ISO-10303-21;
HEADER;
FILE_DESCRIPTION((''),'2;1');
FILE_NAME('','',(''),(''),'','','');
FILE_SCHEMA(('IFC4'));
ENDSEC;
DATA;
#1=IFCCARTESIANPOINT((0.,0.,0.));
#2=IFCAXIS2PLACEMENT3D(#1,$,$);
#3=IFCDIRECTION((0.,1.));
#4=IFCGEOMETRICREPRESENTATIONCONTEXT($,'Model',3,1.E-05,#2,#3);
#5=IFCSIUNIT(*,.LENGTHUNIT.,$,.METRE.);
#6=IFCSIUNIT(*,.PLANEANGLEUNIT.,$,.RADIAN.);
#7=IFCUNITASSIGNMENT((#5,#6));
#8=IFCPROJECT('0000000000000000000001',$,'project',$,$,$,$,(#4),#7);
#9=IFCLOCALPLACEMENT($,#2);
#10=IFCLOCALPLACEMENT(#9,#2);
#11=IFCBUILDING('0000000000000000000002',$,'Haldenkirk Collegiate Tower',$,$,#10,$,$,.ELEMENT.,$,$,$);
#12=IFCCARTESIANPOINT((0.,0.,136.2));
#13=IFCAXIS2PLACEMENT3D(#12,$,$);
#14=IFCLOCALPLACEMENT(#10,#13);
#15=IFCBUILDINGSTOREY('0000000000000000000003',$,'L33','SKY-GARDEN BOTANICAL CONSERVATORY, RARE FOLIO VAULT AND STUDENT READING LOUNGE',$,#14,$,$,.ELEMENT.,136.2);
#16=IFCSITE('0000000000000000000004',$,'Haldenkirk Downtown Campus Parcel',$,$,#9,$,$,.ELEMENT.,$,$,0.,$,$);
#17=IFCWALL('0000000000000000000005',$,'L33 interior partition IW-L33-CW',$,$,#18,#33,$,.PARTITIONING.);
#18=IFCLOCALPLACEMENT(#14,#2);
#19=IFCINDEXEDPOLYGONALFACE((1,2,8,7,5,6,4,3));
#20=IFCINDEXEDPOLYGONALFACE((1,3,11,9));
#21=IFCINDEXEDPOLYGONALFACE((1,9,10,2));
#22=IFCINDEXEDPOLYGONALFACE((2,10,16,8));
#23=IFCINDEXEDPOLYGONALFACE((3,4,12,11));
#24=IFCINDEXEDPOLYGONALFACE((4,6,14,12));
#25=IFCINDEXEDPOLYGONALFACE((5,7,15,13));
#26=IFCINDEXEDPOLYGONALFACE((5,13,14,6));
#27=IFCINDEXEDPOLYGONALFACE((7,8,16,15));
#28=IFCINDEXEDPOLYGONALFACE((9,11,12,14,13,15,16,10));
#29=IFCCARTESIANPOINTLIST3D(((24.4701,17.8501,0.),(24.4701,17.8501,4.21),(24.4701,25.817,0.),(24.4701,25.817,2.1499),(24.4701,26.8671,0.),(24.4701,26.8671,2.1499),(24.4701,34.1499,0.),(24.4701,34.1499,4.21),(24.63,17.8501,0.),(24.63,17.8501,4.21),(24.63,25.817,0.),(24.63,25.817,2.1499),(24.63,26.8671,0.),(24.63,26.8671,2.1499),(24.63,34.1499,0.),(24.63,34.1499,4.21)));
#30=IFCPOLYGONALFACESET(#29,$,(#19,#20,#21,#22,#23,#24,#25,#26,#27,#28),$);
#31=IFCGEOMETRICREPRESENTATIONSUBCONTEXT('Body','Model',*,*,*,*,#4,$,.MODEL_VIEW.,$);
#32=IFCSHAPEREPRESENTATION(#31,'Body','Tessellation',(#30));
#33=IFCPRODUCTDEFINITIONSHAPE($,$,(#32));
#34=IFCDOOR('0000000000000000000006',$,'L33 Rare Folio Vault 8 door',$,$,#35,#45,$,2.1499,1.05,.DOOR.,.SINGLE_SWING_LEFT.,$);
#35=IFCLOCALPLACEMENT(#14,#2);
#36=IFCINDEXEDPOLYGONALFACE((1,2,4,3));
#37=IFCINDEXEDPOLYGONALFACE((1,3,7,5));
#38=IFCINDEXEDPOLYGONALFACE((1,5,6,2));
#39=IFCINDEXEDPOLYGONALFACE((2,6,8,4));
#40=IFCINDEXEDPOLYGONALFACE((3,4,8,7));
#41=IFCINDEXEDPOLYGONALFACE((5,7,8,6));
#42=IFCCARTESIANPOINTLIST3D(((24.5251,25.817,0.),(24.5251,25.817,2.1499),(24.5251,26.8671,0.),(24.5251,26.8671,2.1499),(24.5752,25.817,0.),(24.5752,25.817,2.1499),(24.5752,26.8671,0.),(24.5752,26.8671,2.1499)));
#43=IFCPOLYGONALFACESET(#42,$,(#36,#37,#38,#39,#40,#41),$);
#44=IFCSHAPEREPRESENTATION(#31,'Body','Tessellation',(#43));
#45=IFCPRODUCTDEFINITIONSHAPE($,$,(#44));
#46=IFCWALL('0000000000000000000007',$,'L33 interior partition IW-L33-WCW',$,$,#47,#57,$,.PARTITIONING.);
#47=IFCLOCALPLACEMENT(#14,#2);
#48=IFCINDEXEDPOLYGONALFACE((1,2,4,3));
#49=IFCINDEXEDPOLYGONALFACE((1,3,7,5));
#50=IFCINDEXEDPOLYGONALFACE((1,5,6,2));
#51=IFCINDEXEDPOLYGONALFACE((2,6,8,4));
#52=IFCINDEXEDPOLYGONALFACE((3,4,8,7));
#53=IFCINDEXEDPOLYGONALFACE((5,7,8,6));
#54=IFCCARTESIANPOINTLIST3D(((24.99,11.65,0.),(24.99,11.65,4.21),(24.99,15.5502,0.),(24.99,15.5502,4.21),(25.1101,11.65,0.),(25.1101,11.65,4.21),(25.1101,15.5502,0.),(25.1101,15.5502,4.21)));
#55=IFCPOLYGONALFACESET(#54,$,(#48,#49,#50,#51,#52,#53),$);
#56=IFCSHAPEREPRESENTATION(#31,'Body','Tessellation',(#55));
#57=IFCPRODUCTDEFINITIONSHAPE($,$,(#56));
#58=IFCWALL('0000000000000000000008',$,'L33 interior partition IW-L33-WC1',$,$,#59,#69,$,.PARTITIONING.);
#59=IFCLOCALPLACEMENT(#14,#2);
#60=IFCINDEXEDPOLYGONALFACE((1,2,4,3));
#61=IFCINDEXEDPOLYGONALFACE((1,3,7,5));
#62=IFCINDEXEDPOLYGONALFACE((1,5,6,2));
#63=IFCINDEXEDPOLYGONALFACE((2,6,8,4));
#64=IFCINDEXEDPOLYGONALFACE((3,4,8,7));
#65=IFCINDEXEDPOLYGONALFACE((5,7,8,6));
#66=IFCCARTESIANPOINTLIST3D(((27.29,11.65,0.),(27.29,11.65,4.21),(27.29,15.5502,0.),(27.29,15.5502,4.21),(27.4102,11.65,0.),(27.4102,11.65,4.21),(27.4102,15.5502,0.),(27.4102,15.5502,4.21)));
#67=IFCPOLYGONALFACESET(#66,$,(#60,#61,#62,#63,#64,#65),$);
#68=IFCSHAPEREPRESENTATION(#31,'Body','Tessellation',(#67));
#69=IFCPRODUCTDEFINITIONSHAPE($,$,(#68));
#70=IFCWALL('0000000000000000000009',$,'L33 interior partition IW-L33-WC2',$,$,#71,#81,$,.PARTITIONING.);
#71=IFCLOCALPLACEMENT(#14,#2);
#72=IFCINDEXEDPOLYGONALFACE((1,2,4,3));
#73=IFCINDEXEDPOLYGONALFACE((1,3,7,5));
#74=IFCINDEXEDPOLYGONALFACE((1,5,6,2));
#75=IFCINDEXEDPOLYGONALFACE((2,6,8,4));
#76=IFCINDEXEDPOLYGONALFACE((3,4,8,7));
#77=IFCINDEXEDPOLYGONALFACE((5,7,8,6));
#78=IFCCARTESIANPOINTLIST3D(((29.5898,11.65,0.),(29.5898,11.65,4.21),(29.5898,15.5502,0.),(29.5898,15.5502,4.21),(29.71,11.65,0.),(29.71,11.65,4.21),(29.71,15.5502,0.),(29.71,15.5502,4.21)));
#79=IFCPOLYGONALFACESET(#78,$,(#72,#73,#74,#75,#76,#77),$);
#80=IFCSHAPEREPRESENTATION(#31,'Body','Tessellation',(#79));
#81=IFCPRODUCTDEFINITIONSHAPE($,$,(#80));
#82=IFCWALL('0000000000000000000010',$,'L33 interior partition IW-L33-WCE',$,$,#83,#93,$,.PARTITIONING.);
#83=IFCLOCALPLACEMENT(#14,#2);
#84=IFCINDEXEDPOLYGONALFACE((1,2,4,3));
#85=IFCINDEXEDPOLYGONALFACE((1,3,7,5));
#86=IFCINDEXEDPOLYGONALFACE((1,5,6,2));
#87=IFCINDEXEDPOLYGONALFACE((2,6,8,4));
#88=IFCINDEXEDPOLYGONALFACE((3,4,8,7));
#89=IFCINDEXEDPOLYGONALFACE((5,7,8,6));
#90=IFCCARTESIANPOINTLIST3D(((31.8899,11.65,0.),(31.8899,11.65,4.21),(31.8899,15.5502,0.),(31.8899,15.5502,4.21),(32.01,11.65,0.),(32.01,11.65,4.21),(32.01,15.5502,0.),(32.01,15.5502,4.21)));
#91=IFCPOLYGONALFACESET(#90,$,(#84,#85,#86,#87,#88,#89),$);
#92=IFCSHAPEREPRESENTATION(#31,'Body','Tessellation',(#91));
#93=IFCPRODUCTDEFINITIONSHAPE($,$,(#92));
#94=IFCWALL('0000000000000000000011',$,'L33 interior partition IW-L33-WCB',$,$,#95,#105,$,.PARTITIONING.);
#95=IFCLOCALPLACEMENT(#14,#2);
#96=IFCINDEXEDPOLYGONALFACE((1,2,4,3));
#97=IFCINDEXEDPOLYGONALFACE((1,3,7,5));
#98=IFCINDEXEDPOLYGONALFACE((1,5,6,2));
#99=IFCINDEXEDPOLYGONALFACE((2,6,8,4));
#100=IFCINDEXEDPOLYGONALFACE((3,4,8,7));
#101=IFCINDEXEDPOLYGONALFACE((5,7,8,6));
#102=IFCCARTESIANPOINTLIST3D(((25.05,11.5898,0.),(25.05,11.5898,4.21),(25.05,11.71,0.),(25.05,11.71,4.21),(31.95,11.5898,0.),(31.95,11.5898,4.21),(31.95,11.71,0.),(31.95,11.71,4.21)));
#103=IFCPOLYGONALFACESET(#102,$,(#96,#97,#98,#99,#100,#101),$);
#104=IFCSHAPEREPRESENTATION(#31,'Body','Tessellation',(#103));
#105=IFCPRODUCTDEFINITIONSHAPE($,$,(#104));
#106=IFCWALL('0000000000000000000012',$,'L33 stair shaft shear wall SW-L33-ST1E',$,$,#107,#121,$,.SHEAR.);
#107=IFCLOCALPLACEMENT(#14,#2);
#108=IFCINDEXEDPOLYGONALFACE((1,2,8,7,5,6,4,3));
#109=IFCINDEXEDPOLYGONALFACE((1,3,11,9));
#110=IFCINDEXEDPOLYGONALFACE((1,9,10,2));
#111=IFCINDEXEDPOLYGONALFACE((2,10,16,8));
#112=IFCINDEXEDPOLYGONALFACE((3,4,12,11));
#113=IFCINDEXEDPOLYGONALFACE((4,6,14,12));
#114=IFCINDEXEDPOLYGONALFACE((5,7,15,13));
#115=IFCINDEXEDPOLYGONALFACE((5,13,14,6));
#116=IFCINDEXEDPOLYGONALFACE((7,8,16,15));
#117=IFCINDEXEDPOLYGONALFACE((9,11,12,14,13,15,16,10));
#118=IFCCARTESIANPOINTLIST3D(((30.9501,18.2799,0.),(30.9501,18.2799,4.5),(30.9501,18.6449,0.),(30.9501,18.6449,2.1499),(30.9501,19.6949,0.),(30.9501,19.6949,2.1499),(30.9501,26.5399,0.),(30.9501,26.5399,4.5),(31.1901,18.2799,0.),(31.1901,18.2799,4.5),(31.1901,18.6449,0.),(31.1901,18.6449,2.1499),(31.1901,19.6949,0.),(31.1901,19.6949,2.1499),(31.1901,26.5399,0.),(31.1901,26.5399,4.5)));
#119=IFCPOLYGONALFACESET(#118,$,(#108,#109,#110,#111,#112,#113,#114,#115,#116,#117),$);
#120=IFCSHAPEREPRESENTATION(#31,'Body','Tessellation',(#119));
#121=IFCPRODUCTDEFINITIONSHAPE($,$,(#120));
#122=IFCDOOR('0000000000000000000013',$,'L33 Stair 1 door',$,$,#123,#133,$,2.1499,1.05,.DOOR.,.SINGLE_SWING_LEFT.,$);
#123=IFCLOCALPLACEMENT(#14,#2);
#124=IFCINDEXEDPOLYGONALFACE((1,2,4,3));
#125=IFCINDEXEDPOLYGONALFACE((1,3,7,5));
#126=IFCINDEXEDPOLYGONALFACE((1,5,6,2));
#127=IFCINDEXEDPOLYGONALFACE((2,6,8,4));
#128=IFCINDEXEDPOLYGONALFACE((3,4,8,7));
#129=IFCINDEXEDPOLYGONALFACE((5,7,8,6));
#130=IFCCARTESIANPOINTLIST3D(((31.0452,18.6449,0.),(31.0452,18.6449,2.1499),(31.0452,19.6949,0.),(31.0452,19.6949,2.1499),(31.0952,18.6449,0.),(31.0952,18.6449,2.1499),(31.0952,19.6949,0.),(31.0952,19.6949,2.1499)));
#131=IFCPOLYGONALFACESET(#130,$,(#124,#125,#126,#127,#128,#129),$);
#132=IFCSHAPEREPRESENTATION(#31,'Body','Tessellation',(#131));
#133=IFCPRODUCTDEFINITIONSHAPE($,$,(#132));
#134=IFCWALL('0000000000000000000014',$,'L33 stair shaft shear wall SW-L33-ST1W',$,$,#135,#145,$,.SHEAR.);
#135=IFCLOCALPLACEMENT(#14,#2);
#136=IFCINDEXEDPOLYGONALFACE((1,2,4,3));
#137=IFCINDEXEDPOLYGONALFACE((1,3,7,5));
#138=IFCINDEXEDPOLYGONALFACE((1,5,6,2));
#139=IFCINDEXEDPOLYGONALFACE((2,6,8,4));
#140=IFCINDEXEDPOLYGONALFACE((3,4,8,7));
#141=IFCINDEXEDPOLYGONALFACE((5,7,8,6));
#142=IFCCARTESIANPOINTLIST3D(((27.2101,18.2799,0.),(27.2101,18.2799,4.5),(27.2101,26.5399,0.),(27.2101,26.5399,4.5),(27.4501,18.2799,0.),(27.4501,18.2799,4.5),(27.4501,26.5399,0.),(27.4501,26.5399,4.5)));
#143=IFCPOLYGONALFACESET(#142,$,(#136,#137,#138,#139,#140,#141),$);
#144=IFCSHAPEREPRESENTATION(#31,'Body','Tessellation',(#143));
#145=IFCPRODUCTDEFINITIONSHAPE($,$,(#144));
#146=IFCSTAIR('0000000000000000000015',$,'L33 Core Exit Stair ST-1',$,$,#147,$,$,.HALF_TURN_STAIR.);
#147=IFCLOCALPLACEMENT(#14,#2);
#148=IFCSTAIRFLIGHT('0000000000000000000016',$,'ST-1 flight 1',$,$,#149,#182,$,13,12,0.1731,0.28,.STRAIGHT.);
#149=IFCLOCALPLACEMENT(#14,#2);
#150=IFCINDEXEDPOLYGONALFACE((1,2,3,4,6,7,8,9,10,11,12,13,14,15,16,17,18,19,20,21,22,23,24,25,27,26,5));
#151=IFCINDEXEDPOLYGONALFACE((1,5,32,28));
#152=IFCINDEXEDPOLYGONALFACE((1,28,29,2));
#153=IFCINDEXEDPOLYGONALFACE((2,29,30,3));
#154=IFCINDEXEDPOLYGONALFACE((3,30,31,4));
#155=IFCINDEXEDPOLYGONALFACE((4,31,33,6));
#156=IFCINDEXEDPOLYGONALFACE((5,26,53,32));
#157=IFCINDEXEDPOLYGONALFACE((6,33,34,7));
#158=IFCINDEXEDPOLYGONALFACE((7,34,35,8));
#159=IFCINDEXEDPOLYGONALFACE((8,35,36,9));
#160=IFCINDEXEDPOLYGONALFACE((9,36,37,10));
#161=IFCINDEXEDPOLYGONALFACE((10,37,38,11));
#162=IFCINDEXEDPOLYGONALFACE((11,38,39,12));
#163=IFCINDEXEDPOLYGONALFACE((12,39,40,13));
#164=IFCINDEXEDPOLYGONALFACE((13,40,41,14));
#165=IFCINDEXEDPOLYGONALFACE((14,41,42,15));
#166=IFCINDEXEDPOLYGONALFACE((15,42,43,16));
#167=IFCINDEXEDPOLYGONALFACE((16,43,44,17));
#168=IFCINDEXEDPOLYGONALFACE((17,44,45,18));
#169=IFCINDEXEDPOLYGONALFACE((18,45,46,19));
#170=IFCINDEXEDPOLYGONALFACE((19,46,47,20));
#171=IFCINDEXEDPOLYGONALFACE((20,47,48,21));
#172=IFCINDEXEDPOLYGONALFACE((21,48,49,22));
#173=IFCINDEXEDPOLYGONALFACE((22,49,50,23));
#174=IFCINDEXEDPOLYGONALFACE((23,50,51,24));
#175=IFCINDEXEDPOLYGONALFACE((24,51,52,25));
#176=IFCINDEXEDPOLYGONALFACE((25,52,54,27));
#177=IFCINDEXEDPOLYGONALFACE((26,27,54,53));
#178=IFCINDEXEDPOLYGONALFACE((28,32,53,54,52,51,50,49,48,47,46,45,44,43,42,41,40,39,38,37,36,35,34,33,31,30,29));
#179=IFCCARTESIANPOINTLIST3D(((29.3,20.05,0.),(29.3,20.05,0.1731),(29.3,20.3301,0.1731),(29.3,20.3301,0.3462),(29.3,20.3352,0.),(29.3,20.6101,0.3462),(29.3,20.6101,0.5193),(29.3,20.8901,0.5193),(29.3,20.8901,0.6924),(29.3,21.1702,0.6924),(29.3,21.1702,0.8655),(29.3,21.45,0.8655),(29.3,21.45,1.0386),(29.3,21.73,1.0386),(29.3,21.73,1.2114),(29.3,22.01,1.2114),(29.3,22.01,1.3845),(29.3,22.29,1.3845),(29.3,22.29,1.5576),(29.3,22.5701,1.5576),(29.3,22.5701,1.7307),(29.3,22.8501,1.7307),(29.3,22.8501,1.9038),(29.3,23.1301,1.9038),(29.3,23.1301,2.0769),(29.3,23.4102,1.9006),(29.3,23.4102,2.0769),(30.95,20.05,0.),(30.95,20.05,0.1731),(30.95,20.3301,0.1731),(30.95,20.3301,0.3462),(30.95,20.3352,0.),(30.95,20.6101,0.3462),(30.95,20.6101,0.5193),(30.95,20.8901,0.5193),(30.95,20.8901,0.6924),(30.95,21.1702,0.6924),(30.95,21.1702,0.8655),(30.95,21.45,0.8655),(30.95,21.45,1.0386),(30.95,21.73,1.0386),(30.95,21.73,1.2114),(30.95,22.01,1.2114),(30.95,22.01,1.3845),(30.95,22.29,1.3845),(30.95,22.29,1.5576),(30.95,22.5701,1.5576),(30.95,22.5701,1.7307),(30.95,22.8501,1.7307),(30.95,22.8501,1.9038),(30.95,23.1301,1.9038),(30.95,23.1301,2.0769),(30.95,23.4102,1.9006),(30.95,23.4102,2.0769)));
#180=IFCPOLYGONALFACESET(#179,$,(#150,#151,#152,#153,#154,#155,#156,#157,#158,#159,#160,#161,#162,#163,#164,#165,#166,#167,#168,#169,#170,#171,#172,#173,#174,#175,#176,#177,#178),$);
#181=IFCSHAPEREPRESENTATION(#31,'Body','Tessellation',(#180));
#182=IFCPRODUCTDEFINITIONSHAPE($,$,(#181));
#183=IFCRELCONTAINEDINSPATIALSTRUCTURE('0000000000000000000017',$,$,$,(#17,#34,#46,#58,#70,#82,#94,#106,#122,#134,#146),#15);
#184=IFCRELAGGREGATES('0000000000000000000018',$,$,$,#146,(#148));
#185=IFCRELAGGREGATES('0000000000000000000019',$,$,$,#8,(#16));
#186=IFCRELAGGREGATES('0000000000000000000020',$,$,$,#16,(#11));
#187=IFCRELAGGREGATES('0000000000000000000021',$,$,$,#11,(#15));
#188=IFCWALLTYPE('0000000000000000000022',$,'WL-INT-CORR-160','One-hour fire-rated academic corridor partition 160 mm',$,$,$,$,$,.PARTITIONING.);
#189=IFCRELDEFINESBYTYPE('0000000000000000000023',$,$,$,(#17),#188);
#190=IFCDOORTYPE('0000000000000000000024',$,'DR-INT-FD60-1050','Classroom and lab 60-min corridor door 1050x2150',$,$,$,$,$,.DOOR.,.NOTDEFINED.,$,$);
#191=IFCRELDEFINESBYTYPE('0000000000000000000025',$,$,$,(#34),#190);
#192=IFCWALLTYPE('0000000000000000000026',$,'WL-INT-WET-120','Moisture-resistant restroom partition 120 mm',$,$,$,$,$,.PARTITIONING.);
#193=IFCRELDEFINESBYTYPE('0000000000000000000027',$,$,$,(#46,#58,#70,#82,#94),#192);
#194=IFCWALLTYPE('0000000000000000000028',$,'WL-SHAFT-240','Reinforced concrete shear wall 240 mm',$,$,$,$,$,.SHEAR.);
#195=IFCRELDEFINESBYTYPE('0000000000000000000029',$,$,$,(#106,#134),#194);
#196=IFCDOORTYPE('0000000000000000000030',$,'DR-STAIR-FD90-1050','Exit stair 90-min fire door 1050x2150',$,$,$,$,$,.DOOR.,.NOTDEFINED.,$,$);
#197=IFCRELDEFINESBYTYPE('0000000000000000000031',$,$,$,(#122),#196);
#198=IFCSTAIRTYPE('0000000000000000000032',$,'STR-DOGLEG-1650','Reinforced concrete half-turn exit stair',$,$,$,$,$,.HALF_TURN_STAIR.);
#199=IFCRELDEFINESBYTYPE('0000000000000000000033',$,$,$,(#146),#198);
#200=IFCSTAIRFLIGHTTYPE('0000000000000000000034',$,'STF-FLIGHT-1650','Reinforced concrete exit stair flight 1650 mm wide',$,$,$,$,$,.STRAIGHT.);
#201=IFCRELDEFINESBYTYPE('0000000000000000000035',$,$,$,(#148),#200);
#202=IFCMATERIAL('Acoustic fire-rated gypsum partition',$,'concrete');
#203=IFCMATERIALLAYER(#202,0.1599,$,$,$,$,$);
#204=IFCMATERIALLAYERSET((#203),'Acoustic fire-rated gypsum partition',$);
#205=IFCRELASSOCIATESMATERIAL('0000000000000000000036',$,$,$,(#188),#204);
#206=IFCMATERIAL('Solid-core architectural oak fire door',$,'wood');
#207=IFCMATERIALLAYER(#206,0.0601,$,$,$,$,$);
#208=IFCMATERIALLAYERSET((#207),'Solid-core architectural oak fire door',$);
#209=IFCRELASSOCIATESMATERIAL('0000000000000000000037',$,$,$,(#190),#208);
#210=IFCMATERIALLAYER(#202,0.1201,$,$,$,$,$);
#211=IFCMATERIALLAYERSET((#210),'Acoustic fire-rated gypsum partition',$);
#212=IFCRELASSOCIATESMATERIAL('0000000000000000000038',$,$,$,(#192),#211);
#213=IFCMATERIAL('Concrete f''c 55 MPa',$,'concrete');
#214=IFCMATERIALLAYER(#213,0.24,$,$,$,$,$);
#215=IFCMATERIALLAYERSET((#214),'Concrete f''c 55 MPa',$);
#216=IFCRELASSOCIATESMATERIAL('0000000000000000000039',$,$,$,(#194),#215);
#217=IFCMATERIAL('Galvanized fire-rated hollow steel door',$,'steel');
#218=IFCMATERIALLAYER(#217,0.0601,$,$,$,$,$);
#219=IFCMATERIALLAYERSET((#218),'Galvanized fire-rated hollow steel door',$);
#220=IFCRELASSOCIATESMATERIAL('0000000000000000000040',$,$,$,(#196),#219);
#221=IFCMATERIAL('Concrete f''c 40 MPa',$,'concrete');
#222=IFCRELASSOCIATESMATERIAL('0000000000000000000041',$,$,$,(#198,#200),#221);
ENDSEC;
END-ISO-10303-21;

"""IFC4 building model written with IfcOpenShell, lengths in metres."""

from ifc_helpers import new_model, si_unit, direction, frame, frame_2d, origin, place, context, subcontext, project, spatial, polyline, rectangle, outline, extrude, material, layer, layer_set, type_object, element, fill, aggregate, save


model = new_model("IFC4")

# Units and contexts
model_context = context("Model", 3, precision=1e-05, world=origin(), true_north=direction((0.0, 1.0)))
body_context = subcontext(model_context, "Body", "Model", "MODEL_VIEW")
ifc_project = project(units=[si_unit("LENGTHUNIT", "METRE"), si_unit("PLANEANGLEUNIT", "RADIAN")], contexts=[model_context])

# Site, building, storey
site_placement = place(None, origin())
site = spatial("IfcSite", under=ifc_project, at=site_placement, Name="Haldenkirk Downtown Campus Parcel", CompositionType="ELEMENT", RefElevation=0.0)
building_placement = place(site_placement, origin())
building = spatial("IfcBuilding", under=site, at=building_placement, Name="Haldenkirk Collegiate Tower", CompositionType="ELEMENT")
storey_placement = place(building_placement, frame((0.0, 0.0, 136.2)))
storey = spatial("IfcBuildingStorey", under=building, at=storey_placement, Name="L33", Description="SKY-GARDEN BOTANICAL CONSERVATORY, RARE FOLIO VAULT AND STUDENT READING LOUNGE", CompositionType="ELEMENT", Elevation=136.2)

# Shared definitions
ifc_material_1 = material(Name="Concrete f'c 55 MPa", Category="concrete")
ifc_material_2 = material(Name="Galvanized fire-rated hollow steel door", Category="steel")

# Wall, opening, door
ifc_material_3 = material(Name="Acoustic fire-rated gypsum partition", Category="concrete")
ifc_layer_1 = layer(ifc_material_3, 0.1599)
ifc_layer_set_1 = layer_set([ifc_layer_1], Name="Acoustic fire-rated gypsum partition")
wall_type_1 = type_object("IfcWallType", Name="WL-INT-CORR-160", Description="One-hour fire-rated academic corridor partition 160 mm", PredefinedType="PARTITIONING", material=ifc_layer_set_1)
wall_1_placement = place(storey_placement, frame((24.55, 17.8501, 0.0), z_axis=(0.0, 0.0, 1.0), x_axis=(0.0, 1.0, 0.0)))
wall_1 = element("IfcWall", 1, at=wall_1_placement, inside=storey, type_object=wall_type_1, Name="L33 interior partition IW-L33-CW", PredefinedType="PARTITIONING", context=body_context, shape_type="SweptSolid", body=[
    extrude(rectangle(XDim=16.2998, YDim=0.1599, at=frame_2d((8.1499, 0.0))), origin(), (0.0, 0.0, 1.0), 4.21),
])
opening_1_placement = place(wall_1_placement, frame((7.967, 0.0, 0.0)))
opening_1 = element("IfcOpeningElement", 2, at=opening_1_placement, cuts=wall_1, PredefinedType="OPENING", context=body_context, shape_type="SweptSolid", body=[
    extrude(rectangle(XDim=1.05, YDim=2.1499, at=frame_2d((0.5249, 1.075))), frame((0.0, 0.0898, 0.0), z_axis=(0.0, -1.0, 0.0), x_axis=(1.0, 0.0, 0.0)), (0.0, 0.0, 1.0), 0.1799),
])
ifc_material_4 = material(Name="Solid-core architectural oak fire door", Category="wood")
ifc_layer_2 = layer(ifc_material_4, 0.0601)
ifc_layer_set_2 = layer_set([ifc_layer_2], Name="Solid-core architectural oak fire door")
door_type_1 = type_object("IfcDoorType", Name="DR-INT-FD60-1050", Description="Classroom and lab 60-min corridor door 1050x2150", OperationType="NOTDEFINED", PredefinedType="DOOR", material=ifc_layer_set_2)
door_1_placement = place(opening_1_placement, origin())
door_1 = element("IfcDoor", 3, at=door_1_placement, inside=storey, type_object=door_type_1, Name="L33 Rare Folio Vault 8 door", OperationType="SINGLE_SWING_LEFT", OverallHeight=2.1499, OverallWidth=1.05, PredefinedType="DOOR", context=body_context, shape_type="SweptSolid", body=[
    extrude(rectangle(XDim=1.05, YDim=2.1499, at=frame_2d((0.5249, 1.075))), frame((0.0, 0.0249, 0.0), z_axis=(0.0, -1.0, 0.0), x_axis=(1.0, 0.0, 0.0)), (0.0, 0.0, 1.0), 0.05),
])
fill(opening_1, door_1)

# Walls
ifc_layer_3 = layer(ifc_material_3, 0.1201)
ifc_layer_set_3 = layer_set([ifc_layer_3], Name="Acoustic fire-rated gypsum partition")
wall_type_2 = type_object("IfcWallType", Name="WL-INT-WET-120", Description="Moisture-resistant restroom partition 120 mm", PredefinedType="PARTITIONING", material=ifc_layer_set_3)
for number, where, z_axis, x_axis, name in (
    (4, (25.05, 11.6499, 0.0), (0.0, 0.0, 1.0), (0.0, 1.0, 0.0), "L33 interior partition IW-L33-WCW"),
    (5, (27.3501, 11.6499, 0.0), (0.0, 0.0, 1.0), (0.0, 1.0, 0.0), "L33 interior partition IW-L33-WC1"),
    (6, (29.6499, 11.6499, 0.0), (0.0, 0.0, 1.0), (0.0, 1.0, 0.0), "L33 interior partition IW-L33-WC2"),
    (7, (31.95, 11.6499, 0.0), (0.0, 0.0, 1.0), (0.0, 1.0, 0.0), "L33 interior partition IW-L33-WCE"),
):
    element("IfcWall", number, at=place(storey_placement, frame(where, z_axis=z_axis, x_axis=x_axis)), inside=storey, type_object=wall_type_2, Name=name, PredefinedType="PARTITIONING", context=body_context, shape_type="SweptSolid", body=[
        extrude(rectangle(XDim=3.9001, YDim=0.1201, at=frame_2d((1.9502, 0.0))), origin(), (0.0, 0.0, 1.0), 4.21),
    ])
wall_2_placement = place(storey_placement, frame((25.05, 11.6499, 0.0), z_axis=(0.0, 0.0, 1.0), x_axis=(1.0, 0.0, 0.0)))
element("IfcWall", 8, at=wall_2_placement, inside=storey, type_object=wall_type_2, Name="L33 interior partition IW-L33-WCB", PredefinedType="PARTITIONING", context=body_context, shape_type="SweptSolid", body=[
    extrude(rectangle(XDim=6.8999, YDim=0.1201, at=frame_2d((3.45, 0.0))), origin(), (0.0, 0.0, 1.0), 4.21),
])

# Wall, opening, door
ifc_layer_4 = layer(ifc_material_1, 0.24)
ifc_layer_set_4 = layer_set([ifc_layer_4], Name="Concrete f'c 55 MPa")
wall_type_3 = type_object("IfcWallType", Name="WL-SHAFT-240", Description="Reinforced concrete shear wall 240 mm", PredefinedType="SHEAR", material=ifc_layer_set_4)
wall_3_placement = place(storey_placement, frame((31.0701, 18.28, 0.0), z_axis=(0.0, 0.0, 1.0), x_axis=(0.0, 1.0, 0.0)))
wall_3 = element("IfcWall", 9, at=wall_3_placement, inside=storey, type_object=wall_type_3, Name="L33 stair shaft shear wall SW-L33-ST1E", PredefinedType="SHEAR", context=body_context, shape_type="SweptSolid", body=[
    extrude(rectangle(XDim=8.26, YDim=0.24, at=frame_2d((4.1299, 0.0))), origin(), (0.0, 0.0, 1.0), 4.5),
])
opening_2_placement = place(wall_3_placement, frame((0.365, 0.0, 0.0)))
opening_2 = element("IfcOpeningElement", 10, at=opening_2_placement, cuts=wall_3, PredefinedType="OPENING", context=body_context, shape_type="SweptSolid", body=[
    extrude(rectangle(XDim=1.05, YDim=2.1499, at=frame_2d((0.5249, 1.075))), frame((0.0, 0.1299, 0.0), z_axis=(0.0, -1.0, 0.0), x_axis=(1.0, 0.0, 0.0)), (0.0, 0.0, 1.0), 0.26),
])
ifc_layer_5 = layer(ifc_material_2, 0.0601)
ifc_layer_set_5 = layer_set([ifc_layer_5], Name="Galvanized fire-rated hollow steel door")
door_type_2 = type_object("IfcDoorType", Name="DR-STAIR-FD90-1050", Description="Exit stair 90-min fire door 1050x2150", OperationType="NOTDEFINED", PredefinedType="DOOR", material=ifc_layer_set_5)
door_2_placement = place(opening_2_placement, origin())
door_2 = element("IfcDoor", 11, at=door_2_placement, inside=storey, type_object=door_type_2, Name="L33 Stair 1 door", OperationType="SINGLE_SWING_LEFT", OverallHeight=2.1499, OverallWidth=1.05, PredefinedType="DOOR", context=body_context, shape_type="SweptSolid", body=[
    extrude(rectangle(XDim=1.05, YDim=2.1499, at=frame_2d((0.5249, 1.075))), frame((0.0, 0.0249, 0.0), z_axis=(0.0, -1.0, 0.0), x_axis=(1.0, 0.0, 0.0)), (0.0, 0.0, 1.0), 0.05),
])
fill(opening_2, door_2)

# Wall
wall_4_placement = place(storey_placement, frame((27.3301, 18.28, 0.0), z_axis=(0.0, 0.0, 1.0), x_axis=(0.0, 1.0, 0.0)))
element("IfcWall", 12, at=wall_4_placement, inside=storey, type_object=wall_type_3, Name="L33 stair shaft shear wall SW-L33-ST1W", PredefinedType="SHEAR", context=body_context, shape_type="SweptSolid", body=[
    extrude(rectangle(XDim=8.26, YDim=0.24, at=frame_2d((4.1299, 0.0))), origin(), (0.0, 0.0, 1.0), 4.5),
])

# Stair, stair flight
ifc_material_5 = material(Name="Concrete f'c 40 MPa", Category="concrete")
stair_type = type_object("IfcStairType", Name="STR-DOGLEG-1650", Description="Reinforced concrete half-turn exit stair", PredefinedType="HALF_TURN_STAIR", material=ifc_material_5)
stair_placement = place(storey_placement, origin())
stair = element("IfcStair", 13, at=stair_placement, inside=storey, type_object=stair_type, Name="L33 Core Exit Stair ST-1", PredefinedType="HALF_TURN_STAIR")
stair_flight_type = type_object("IfcStairFlightType", Name="STF-FLIGHT-1650", Description="Reinforced concrete exit stair flight 1650 mm wide", PredefinedType="STRAIGHT", material=ifc_material_5)
stair_flight_placement = place(storey_placement, frame((30.125, 20.05, 0.0), z_axis=(0.0, 0.0, 1.0), x_axis=(0.0, 1.0, 0.0)))
stair_flight = element("IfcStairFlight", 14, at=stair_flight_placement, type_object=stair_flight_type, Name="ST-1 flight 1", NumberOfRisers=13, NumberOfTreads=12, PredefinedType="STRAIGHT", RiserHeight=0.1731, TreadLength=0.28, context=body_context, shape_type="SweptSolid", body=[
    extrude(outline(polyline([(0.0, 0.0), (0.0, 0.1731), (0.28, 0.1731), (0.28, 0.3462), (0.5601, 0.3462), (0.5601, 0.5193), (0.8401, 0.5193), (0.8401, 0.6924), (1.1201, 0.6924), (1.1201, 0.8655), (1.3999, 0.8655), (1.3999, 1.0386), (1.6799, 1.0386), (1.6799, 1.2114), (1.96, 1.2114), (1.96, 1.3845), (2.24, 1.3845), (2.24, 1.5576), (2.52, 1.5576), (2.52, 1.7307), (2.8, 1.7307), (2.8, 1.9038), (3.0801, 1.9038), (3.0801, 2.0769), (3.3601, 2.0769), (3.3601, 2.25), (3.3601, 1.9006), (0.2852, 0.0), (0.0, 0.0)])), frame((0.0, 0.825, 0.0), z_axis=(0.0, -1.0, 0.0), x_axis=(1.0, 0.0, 0.0)), (0.0, 0.0, 1.0), 1.6499),
])
aggregate(stair, [stair_flight])

save(model, "model.ifc")
